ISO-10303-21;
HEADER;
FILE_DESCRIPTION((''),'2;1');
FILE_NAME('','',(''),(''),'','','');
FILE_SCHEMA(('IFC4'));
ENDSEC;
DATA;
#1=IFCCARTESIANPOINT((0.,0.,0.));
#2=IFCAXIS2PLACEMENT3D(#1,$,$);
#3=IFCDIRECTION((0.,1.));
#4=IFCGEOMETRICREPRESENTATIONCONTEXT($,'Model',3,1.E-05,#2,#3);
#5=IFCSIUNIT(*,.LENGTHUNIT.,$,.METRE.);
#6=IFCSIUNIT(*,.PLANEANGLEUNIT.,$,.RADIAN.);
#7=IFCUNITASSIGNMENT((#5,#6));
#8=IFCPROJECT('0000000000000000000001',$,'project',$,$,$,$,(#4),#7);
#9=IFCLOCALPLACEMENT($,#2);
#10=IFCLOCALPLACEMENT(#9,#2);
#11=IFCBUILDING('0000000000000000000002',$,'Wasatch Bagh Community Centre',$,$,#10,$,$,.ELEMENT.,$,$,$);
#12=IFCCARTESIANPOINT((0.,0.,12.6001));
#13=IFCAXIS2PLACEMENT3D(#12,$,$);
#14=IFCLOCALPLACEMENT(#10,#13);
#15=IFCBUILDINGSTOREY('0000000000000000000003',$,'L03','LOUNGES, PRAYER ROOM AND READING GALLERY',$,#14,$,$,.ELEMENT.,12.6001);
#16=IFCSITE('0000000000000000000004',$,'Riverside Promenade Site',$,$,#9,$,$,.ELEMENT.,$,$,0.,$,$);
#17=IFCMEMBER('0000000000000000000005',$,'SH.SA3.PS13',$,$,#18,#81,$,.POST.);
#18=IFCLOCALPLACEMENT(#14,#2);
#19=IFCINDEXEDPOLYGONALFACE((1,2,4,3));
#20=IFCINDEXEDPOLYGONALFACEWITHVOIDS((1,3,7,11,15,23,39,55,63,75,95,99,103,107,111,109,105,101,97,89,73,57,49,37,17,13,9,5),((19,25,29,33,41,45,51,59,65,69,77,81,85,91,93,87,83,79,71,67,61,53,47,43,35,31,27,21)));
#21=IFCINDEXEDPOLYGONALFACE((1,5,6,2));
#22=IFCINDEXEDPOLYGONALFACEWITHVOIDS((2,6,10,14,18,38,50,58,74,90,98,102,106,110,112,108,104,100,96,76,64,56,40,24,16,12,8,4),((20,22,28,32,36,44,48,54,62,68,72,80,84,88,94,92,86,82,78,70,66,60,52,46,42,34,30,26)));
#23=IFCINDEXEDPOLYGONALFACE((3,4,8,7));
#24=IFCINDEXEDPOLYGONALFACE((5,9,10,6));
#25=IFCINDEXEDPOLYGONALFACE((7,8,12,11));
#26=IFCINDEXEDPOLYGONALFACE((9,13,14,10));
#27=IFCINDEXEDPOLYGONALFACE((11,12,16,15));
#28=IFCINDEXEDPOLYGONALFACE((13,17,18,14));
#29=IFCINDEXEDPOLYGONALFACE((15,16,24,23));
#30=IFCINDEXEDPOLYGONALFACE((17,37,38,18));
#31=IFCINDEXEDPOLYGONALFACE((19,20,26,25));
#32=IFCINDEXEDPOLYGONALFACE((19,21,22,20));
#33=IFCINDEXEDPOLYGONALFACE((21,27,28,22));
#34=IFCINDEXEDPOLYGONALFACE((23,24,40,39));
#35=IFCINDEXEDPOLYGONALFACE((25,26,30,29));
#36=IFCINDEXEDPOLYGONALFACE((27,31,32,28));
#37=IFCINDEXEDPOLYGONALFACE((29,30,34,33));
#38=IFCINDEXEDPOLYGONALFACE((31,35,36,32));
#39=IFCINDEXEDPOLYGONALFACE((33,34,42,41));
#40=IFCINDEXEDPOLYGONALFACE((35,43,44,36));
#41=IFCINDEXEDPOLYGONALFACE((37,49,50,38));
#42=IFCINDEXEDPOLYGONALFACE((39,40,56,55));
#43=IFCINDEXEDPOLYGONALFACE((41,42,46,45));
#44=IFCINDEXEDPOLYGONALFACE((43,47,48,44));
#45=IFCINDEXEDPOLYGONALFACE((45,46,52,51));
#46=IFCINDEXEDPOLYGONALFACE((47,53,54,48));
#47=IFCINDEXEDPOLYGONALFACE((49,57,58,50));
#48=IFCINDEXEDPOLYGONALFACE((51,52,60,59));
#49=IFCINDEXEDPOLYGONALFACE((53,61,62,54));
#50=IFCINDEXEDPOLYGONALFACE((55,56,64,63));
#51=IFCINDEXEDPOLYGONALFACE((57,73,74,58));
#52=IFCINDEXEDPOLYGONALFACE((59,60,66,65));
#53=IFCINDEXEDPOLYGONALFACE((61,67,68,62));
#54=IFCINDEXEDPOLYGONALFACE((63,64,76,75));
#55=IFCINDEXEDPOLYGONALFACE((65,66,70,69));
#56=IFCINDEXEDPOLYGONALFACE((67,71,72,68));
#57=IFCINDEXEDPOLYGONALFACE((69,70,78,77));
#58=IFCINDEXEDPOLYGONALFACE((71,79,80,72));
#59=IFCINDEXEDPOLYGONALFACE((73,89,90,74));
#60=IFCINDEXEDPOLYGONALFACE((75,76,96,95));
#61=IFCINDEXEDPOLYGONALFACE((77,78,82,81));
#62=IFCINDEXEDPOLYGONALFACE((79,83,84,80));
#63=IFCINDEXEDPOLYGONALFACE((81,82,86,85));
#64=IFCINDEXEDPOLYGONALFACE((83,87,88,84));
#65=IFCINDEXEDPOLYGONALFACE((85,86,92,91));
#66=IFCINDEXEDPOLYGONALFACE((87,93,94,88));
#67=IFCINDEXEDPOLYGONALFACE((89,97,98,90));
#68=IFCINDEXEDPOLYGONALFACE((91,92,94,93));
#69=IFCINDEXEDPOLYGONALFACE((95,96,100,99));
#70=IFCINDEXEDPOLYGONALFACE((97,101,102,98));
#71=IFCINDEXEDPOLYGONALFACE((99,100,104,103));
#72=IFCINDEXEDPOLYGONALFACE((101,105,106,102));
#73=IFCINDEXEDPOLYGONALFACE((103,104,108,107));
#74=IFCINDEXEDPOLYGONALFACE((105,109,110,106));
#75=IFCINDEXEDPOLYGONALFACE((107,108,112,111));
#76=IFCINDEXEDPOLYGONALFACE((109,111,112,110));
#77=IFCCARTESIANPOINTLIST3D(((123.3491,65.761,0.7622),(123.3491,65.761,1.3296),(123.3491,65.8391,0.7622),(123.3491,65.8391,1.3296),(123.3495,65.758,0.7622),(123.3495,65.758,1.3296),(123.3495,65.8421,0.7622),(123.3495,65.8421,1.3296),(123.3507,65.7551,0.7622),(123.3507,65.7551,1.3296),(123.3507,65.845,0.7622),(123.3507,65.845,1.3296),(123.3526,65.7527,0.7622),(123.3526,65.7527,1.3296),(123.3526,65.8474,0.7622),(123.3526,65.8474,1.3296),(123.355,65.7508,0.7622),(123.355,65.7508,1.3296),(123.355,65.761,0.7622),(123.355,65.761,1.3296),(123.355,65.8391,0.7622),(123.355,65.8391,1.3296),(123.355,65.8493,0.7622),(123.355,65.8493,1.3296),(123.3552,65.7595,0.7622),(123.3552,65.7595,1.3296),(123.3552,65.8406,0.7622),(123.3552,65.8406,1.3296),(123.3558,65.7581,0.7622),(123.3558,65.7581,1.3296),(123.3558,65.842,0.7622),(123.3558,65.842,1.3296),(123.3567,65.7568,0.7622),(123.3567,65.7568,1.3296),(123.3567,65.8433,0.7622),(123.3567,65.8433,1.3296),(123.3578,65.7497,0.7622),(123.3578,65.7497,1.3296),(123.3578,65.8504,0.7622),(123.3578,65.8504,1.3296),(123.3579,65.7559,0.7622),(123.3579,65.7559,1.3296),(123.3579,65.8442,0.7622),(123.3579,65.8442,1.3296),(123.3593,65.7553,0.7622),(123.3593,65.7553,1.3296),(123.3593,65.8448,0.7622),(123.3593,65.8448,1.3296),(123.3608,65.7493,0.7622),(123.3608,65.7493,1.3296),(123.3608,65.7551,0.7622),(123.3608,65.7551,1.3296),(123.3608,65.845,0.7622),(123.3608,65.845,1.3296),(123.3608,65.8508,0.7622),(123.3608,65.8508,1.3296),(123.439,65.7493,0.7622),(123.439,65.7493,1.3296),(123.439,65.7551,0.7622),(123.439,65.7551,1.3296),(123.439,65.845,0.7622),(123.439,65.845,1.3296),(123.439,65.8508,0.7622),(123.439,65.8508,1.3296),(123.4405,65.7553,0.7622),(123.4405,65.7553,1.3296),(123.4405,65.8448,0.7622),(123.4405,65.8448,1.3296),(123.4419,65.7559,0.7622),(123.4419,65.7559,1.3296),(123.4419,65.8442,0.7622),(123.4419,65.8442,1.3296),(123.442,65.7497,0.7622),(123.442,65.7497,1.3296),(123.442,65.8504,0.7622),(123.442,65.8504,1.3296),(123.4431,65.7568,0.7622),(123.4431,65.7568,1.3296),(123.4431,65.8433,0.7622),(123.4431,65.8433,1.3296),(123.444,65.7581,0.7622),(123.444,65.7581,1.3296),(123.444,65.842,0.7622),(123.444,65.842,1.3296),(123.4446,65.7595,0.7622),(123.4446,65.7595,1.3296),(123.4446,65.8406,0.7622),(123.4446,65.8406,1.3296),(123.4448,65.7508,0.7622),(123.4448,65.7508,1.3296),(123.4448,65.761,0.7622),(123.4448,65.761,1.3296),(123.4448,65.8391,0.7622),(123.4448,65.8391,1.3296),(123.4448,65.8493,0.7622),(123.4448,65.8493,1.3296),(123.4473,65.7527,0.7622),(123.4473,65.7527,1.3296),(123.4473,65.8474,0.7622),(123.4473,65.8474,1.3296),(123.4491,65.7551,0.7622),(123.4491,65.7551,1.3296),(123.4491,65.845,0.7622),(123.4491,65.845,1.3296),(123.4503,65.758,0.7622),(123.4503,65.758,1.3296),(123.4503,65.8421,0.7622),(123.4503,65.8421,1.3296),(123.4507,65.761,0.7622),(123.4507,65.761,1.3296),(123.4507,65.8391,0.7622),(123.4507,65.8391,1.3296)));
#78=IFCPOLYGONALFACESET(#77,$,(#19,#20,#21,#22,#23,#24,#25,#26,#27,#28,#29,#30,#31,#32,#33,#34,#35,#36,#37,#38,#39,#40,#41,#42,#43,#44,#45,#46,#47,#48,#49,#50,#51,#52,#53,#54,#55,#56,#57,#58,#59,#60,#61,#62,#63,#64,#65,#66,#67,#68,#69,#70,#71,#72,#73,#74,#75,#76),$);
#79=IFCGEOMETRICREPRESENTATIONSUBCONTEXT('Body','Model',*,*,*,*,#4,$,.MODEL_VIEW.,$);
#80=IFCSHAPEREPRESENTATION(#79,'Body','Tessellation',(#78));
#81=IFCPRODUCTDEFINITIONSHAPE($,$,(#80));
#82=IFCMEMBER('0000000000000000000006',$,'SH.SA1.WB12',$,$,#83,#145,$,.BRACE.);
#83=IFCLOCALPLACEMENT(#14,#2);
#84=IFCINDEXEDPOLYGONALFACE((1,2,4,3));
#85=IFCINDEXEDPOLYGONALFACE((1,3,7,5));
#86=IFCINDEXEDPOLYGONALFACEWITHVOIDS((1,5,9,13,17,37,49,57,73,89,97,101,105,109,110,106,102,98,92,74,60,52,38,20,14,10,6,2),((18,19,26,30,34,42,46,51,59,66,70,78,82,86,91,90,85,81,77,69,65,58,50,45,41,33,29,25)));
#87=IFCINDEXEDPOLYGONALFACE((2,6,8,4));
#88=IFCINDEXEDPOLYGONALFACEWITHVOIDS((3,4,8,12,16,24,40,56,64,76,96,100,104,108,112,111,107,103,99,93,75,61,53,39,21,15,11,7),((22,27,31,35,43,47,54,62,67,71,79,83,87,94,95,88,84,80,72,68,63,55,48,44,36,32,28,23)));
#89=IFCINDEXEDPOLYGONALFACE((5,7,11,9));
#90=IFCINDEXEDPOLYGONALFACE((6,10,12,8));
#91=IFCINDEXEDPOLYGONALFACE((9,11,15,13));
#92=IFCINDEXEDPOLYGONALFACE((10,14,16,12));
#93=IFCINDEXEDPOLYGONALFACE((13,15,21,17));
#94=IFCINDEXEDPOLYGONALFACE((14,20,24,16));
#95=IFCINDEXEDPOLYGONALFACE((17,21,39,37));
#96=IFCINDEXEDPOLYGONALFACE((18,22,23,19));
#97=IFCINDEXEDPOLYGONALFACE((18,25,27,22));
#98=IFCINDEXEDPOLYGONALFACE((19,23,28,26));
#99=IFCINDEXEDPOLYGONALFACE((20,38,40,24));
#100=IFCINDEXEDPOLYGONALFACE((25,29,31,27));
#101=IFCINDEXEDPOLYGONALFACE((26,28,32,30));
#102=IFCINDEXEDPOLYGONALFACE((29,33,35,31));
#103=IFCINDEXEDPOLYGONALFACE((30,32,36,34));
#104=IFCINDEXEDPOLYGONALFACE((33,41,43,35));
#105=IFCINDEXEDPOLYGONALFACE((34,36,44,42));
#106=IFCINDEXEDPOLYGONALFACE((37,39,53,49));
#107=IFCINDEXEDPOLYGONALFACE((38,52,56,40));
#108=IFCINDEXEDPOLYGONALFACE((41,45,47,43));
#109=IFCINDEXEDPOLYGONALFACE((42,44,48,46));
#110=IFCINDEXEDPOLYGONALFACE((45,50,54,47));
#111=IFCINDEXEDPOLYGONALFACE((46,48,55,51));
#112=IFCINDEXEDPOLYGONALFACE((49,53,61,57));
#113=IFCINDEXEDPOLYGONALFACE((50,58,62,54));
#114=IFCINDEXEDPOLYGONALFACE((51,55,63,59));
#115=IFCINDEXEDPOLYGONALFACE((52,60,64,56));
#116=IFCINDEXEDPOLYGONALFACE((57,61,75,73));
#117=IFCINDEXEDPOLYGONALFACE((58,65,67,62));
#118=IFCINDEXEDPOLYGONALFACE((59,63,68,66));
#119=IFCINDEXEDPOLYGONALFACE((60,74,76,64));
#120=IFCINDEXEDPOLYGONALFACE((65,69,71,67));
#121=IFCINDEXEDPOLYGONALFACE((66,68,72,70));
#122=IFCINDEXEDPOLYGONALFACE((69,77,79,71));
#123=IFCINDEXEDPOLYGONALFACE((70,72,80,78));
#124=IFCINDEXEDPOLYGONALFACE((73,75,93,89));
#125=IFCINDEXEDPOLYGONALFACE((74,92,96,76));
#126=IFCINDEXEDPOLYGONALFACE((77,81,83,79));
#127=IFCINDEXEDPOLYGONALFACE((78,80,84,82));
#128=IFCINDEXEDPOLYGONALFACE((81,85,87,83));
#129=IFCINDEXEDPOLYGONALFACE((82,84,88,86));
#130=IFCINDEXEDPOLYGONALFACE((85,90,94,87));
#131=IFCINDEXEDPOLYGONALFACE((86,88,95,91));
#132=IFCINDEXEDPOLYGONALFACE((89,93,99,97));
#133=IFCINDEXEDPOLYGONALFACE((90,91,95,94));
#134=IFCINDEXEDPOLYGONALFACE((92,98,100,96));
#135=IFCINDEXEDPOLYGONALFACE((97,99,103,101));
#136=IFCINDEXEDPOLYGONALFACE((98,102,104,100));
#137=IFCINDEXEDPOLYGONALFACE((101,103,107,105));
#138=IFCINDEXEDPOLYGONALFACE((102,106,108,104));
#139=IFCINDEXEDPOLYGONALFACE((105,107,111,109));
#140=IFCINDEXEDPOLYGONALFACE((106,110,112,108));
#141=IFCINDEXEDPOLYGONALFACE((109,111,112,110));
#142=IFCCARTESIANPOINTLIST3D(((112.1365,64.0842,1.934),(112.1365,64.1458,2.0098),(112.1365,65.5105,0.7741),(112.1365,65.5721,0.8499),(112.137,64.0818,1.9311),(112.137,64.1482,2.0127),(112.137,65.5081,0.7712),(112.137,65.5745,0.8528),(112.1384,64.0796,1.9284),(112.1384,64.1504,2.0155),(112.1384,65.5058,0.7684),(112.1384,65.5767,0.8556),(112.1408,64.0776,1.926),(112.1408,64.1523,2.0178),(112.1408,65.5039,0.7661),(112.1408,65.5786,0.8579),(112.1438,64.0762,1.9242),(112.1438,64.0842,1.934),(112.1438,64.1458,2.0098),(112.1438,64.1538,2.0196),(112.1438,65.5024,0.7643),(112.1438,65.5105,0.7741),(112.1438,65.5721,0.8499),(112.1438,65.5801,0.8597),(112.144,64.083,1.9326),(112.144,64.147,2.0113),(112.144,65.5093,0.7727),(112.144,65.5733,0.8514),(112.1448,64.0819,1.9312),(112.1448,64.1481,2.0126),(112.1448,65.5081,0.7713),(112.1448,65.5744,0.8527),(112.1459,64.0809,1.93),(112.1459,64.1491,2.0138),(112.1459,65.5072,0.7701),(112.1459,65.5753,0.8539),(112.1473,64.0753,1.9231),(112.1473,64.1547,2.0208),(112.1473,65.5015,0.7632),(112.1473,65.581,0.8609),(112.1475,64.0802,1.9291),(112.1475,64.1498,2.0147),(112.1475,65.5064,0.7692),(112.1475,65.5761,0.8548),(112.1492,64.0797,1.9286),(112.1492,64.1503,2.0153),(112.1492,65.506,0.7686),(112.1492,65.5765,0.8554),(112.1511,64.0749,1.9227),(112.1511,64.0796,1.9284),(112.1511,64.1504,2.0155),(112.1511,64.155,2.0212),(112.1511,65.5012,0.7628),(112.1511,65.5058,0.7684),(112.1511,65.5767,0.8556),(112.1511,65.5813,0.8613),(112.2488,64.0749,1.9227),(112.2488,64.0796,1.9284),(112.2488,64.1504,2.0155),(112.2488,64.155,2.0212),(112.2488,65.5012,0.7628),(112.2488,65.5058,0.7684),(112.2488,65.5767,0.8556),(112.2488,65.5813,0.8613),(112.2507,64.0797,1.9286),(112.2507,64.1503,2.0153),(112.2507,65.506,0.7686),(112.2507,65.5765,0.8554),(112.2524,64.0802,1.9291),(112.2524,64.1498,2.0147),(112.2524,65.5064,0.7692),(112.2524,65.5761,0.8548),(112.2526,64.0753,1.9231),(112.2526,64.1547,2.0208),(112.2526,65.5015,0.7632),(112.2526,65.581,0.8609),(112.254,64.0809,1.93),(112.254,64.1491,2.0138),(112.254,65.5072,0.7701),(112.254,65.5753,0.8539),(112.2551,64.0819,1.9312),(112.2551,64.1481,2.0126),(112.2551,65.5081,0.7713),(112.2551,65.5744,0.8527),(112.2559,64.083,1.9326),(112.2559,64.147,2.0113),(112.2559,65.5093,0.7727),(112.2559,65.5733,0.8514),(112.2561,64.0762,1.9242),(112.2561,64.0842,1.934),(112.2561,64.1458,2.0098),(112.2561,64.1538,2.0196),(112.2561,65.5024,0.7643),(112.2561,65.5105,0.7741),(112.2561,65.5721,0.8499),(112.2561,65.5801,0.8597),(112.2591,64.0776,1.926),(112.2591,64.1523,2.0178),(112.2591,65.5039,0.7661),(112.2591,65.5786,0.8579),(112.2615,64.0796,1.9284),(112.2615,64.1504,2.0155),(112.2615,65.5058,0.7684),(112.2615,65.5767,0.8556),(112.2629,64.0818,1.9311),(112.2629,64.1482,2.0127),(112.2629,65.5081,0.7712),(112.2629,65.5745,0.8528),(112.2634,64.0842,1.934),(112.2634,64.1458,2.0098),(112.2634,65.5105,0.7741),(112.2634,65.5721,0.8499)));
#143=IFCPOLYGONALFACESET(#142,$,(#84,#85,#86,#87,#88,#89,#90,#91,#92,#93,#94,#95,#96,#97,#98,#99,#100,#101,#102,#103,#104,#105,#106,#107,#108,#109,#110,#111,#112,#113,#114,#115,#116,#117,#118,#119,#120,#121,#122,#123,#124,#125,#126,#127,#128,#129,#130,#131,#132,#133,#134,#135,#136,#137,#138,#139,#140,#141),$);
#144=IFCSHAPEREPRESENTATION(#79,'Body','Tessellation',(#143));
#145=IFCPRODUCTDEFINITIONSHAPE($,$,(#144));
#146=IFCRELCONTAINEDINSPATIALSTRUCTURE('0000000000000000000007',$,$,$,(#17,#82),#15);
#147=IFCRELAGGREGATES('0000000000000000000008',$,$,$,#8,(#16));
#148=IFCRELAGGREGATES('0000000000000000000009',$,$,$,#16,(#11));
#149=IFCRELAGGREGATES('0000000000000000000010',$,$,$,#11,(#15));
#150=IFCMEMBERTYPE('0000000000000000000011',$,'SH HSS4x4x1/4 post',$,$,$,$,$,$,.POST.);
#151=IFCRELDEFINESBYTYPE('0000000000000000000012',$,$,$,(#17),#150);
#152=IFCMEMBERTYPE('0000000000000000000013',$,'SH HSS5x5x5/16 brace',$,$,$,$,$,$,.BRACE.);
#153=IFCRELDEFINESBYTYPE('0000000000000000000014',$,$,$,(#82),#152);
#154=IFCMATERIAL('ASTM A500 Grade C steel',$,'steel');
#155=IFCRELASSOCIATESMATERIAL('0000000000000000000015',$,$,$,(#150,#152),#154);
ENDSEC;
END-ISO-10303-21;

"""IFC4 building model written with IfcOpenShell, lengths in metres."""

from ifc_helpers import new_model, si_unit, direction, frame, origin, origin_2d, place, context, subcontext, project, spatial, hollow_rectangle, extrude, material, material_profile, profile_set, type_object, element, save


model = new_model("IFC4")

# Units and contexts
model_context = context("Model", 3, precision=1e-05, world=origin(), true_north=direction((0.0, 1.0)))
body_context = subcontext(model_context, "Body", "Model", "MODEL_VIEW")
ifc_project = project(units=[si_unit("LENGTHUNIT", "METRE"), si_unit("PLANEANGLEUNIT", "RADIAN")], contexts=[model_context])

# Site, building, storey
site_placement = place(None, origin())
site = spatial("IfcSite", under=ifc_project, at=site_placement, Name="Riverside Promenade Site", CompositionType="ELEMENT", RefElevation=0.0)
building_placement = place(site_placement, origin())
building = spatial("IfcBuilding", under=site, at=building_placement, Name="Wasatch Bagh Community Centre", CompositionType="ELEMENT")
storey_placement = place(building_placement, frame((0.0, 0.0, 12.6001)))
storey = spatial("IfcBuildingStorey", under=building, at=storey_placement, Name="L03", Description="LOUNGES, PRAYER ROOM AND READING GALLERY", CompositionType="ELEMENT", Elevation=12.6001)

# Members
ifc_material_1 = material(Name="ASTM A500 Grade C steel", Category="steel")
ifc_material_profile_1 = material_profile(ifc_material_1, hollow_rectangle(XDim=0.1016, YDim=0.1016, WallThickness=0.0059, InnerFilletRadius=0.0059, OuterFilletRadius=0.0117, at=origin_2d()), Name="HSS4x4x1/4")
ifc_profile_set_1 = profile_set([ifc_material_profile_1], Name="ASTM A500 Grade C steel")
member_type_1 = type_object("IfcMemberType", Name="SH HSS4x4x1/4 post", PredefinedType="POST", material=ifc_profile_set_1)
for number, where, z_axis, x_axis, name in (
    (1, (123.3999, 65.8, 0.7622), (0.0, 0.0, 1.0), (1.0, 0.0, 0.0), "SH.SA3.PS13"),
):
    element("IfcMember", number, at=place(storey_placement, frame(where, z_axis=z_axis, x_axis=x_axis)), inside=storey, type_object=member_type_1, Name=name, PredefinedType="POST", context=body_context, shape_type="SweptSolid", body=[
        extrude(hollow_rectangle(XDim=0.1016, YDim=0.1016, WallThickness=0.0059, InnerFilletRadius=0.0059, OuterFilletRadius=0.0117, at=origin_2d()), origin(), (0.0, 0.0, 1.0), 0.5674),
    ])
ifc_material_profile_2 = material_profile(ifc_material_1, hollow_rectangle(XDim=0.127, YDim=0.127, WallThickness=0.0073, InnerFilletRadius=0.0073, OuterFilletRadius=0.0146, at=origin_2d()), Name="HSS5x5x5/16")
ifc_profile_set_2 = profile_set([ifc_material_profile_2], Name="ASTM A500 Grade C steel")
member_type_2 = type_object("IfcMemberType", Name="SH HSS5x5x5/16 brace", PredefinedType="BRACE", material=ifc_profile_set_2)
for number, where, z_axis, x_axis, name in (
    (2, (112.2, 65.5413, 0.812), (0.0, -0.77583, 0.630943), (1.0, 0.0, 0.0), "SH.SA1.WB12"),
):
    element("IfcMember", number, at=place(storey_placement, frame(where, z_axis=z_axis, x_axis=x_axis)), inside=storey, type_object=member_type_2, Name=name, PredefinedType="BRACE", context=body_context, shape_type="SweptSolid", body=[
        extrude(hollow_rectangle(XDim=0.127, YDim=0.127, WallThickness=0.0073, InnerFilletRadius=0.0073, OuterFilletRadius=0.0146, at=origin_2d()), origin(), (0.0, 0.0, 1.0), 1.8384),
    ])

save(model, "model.ifc")
